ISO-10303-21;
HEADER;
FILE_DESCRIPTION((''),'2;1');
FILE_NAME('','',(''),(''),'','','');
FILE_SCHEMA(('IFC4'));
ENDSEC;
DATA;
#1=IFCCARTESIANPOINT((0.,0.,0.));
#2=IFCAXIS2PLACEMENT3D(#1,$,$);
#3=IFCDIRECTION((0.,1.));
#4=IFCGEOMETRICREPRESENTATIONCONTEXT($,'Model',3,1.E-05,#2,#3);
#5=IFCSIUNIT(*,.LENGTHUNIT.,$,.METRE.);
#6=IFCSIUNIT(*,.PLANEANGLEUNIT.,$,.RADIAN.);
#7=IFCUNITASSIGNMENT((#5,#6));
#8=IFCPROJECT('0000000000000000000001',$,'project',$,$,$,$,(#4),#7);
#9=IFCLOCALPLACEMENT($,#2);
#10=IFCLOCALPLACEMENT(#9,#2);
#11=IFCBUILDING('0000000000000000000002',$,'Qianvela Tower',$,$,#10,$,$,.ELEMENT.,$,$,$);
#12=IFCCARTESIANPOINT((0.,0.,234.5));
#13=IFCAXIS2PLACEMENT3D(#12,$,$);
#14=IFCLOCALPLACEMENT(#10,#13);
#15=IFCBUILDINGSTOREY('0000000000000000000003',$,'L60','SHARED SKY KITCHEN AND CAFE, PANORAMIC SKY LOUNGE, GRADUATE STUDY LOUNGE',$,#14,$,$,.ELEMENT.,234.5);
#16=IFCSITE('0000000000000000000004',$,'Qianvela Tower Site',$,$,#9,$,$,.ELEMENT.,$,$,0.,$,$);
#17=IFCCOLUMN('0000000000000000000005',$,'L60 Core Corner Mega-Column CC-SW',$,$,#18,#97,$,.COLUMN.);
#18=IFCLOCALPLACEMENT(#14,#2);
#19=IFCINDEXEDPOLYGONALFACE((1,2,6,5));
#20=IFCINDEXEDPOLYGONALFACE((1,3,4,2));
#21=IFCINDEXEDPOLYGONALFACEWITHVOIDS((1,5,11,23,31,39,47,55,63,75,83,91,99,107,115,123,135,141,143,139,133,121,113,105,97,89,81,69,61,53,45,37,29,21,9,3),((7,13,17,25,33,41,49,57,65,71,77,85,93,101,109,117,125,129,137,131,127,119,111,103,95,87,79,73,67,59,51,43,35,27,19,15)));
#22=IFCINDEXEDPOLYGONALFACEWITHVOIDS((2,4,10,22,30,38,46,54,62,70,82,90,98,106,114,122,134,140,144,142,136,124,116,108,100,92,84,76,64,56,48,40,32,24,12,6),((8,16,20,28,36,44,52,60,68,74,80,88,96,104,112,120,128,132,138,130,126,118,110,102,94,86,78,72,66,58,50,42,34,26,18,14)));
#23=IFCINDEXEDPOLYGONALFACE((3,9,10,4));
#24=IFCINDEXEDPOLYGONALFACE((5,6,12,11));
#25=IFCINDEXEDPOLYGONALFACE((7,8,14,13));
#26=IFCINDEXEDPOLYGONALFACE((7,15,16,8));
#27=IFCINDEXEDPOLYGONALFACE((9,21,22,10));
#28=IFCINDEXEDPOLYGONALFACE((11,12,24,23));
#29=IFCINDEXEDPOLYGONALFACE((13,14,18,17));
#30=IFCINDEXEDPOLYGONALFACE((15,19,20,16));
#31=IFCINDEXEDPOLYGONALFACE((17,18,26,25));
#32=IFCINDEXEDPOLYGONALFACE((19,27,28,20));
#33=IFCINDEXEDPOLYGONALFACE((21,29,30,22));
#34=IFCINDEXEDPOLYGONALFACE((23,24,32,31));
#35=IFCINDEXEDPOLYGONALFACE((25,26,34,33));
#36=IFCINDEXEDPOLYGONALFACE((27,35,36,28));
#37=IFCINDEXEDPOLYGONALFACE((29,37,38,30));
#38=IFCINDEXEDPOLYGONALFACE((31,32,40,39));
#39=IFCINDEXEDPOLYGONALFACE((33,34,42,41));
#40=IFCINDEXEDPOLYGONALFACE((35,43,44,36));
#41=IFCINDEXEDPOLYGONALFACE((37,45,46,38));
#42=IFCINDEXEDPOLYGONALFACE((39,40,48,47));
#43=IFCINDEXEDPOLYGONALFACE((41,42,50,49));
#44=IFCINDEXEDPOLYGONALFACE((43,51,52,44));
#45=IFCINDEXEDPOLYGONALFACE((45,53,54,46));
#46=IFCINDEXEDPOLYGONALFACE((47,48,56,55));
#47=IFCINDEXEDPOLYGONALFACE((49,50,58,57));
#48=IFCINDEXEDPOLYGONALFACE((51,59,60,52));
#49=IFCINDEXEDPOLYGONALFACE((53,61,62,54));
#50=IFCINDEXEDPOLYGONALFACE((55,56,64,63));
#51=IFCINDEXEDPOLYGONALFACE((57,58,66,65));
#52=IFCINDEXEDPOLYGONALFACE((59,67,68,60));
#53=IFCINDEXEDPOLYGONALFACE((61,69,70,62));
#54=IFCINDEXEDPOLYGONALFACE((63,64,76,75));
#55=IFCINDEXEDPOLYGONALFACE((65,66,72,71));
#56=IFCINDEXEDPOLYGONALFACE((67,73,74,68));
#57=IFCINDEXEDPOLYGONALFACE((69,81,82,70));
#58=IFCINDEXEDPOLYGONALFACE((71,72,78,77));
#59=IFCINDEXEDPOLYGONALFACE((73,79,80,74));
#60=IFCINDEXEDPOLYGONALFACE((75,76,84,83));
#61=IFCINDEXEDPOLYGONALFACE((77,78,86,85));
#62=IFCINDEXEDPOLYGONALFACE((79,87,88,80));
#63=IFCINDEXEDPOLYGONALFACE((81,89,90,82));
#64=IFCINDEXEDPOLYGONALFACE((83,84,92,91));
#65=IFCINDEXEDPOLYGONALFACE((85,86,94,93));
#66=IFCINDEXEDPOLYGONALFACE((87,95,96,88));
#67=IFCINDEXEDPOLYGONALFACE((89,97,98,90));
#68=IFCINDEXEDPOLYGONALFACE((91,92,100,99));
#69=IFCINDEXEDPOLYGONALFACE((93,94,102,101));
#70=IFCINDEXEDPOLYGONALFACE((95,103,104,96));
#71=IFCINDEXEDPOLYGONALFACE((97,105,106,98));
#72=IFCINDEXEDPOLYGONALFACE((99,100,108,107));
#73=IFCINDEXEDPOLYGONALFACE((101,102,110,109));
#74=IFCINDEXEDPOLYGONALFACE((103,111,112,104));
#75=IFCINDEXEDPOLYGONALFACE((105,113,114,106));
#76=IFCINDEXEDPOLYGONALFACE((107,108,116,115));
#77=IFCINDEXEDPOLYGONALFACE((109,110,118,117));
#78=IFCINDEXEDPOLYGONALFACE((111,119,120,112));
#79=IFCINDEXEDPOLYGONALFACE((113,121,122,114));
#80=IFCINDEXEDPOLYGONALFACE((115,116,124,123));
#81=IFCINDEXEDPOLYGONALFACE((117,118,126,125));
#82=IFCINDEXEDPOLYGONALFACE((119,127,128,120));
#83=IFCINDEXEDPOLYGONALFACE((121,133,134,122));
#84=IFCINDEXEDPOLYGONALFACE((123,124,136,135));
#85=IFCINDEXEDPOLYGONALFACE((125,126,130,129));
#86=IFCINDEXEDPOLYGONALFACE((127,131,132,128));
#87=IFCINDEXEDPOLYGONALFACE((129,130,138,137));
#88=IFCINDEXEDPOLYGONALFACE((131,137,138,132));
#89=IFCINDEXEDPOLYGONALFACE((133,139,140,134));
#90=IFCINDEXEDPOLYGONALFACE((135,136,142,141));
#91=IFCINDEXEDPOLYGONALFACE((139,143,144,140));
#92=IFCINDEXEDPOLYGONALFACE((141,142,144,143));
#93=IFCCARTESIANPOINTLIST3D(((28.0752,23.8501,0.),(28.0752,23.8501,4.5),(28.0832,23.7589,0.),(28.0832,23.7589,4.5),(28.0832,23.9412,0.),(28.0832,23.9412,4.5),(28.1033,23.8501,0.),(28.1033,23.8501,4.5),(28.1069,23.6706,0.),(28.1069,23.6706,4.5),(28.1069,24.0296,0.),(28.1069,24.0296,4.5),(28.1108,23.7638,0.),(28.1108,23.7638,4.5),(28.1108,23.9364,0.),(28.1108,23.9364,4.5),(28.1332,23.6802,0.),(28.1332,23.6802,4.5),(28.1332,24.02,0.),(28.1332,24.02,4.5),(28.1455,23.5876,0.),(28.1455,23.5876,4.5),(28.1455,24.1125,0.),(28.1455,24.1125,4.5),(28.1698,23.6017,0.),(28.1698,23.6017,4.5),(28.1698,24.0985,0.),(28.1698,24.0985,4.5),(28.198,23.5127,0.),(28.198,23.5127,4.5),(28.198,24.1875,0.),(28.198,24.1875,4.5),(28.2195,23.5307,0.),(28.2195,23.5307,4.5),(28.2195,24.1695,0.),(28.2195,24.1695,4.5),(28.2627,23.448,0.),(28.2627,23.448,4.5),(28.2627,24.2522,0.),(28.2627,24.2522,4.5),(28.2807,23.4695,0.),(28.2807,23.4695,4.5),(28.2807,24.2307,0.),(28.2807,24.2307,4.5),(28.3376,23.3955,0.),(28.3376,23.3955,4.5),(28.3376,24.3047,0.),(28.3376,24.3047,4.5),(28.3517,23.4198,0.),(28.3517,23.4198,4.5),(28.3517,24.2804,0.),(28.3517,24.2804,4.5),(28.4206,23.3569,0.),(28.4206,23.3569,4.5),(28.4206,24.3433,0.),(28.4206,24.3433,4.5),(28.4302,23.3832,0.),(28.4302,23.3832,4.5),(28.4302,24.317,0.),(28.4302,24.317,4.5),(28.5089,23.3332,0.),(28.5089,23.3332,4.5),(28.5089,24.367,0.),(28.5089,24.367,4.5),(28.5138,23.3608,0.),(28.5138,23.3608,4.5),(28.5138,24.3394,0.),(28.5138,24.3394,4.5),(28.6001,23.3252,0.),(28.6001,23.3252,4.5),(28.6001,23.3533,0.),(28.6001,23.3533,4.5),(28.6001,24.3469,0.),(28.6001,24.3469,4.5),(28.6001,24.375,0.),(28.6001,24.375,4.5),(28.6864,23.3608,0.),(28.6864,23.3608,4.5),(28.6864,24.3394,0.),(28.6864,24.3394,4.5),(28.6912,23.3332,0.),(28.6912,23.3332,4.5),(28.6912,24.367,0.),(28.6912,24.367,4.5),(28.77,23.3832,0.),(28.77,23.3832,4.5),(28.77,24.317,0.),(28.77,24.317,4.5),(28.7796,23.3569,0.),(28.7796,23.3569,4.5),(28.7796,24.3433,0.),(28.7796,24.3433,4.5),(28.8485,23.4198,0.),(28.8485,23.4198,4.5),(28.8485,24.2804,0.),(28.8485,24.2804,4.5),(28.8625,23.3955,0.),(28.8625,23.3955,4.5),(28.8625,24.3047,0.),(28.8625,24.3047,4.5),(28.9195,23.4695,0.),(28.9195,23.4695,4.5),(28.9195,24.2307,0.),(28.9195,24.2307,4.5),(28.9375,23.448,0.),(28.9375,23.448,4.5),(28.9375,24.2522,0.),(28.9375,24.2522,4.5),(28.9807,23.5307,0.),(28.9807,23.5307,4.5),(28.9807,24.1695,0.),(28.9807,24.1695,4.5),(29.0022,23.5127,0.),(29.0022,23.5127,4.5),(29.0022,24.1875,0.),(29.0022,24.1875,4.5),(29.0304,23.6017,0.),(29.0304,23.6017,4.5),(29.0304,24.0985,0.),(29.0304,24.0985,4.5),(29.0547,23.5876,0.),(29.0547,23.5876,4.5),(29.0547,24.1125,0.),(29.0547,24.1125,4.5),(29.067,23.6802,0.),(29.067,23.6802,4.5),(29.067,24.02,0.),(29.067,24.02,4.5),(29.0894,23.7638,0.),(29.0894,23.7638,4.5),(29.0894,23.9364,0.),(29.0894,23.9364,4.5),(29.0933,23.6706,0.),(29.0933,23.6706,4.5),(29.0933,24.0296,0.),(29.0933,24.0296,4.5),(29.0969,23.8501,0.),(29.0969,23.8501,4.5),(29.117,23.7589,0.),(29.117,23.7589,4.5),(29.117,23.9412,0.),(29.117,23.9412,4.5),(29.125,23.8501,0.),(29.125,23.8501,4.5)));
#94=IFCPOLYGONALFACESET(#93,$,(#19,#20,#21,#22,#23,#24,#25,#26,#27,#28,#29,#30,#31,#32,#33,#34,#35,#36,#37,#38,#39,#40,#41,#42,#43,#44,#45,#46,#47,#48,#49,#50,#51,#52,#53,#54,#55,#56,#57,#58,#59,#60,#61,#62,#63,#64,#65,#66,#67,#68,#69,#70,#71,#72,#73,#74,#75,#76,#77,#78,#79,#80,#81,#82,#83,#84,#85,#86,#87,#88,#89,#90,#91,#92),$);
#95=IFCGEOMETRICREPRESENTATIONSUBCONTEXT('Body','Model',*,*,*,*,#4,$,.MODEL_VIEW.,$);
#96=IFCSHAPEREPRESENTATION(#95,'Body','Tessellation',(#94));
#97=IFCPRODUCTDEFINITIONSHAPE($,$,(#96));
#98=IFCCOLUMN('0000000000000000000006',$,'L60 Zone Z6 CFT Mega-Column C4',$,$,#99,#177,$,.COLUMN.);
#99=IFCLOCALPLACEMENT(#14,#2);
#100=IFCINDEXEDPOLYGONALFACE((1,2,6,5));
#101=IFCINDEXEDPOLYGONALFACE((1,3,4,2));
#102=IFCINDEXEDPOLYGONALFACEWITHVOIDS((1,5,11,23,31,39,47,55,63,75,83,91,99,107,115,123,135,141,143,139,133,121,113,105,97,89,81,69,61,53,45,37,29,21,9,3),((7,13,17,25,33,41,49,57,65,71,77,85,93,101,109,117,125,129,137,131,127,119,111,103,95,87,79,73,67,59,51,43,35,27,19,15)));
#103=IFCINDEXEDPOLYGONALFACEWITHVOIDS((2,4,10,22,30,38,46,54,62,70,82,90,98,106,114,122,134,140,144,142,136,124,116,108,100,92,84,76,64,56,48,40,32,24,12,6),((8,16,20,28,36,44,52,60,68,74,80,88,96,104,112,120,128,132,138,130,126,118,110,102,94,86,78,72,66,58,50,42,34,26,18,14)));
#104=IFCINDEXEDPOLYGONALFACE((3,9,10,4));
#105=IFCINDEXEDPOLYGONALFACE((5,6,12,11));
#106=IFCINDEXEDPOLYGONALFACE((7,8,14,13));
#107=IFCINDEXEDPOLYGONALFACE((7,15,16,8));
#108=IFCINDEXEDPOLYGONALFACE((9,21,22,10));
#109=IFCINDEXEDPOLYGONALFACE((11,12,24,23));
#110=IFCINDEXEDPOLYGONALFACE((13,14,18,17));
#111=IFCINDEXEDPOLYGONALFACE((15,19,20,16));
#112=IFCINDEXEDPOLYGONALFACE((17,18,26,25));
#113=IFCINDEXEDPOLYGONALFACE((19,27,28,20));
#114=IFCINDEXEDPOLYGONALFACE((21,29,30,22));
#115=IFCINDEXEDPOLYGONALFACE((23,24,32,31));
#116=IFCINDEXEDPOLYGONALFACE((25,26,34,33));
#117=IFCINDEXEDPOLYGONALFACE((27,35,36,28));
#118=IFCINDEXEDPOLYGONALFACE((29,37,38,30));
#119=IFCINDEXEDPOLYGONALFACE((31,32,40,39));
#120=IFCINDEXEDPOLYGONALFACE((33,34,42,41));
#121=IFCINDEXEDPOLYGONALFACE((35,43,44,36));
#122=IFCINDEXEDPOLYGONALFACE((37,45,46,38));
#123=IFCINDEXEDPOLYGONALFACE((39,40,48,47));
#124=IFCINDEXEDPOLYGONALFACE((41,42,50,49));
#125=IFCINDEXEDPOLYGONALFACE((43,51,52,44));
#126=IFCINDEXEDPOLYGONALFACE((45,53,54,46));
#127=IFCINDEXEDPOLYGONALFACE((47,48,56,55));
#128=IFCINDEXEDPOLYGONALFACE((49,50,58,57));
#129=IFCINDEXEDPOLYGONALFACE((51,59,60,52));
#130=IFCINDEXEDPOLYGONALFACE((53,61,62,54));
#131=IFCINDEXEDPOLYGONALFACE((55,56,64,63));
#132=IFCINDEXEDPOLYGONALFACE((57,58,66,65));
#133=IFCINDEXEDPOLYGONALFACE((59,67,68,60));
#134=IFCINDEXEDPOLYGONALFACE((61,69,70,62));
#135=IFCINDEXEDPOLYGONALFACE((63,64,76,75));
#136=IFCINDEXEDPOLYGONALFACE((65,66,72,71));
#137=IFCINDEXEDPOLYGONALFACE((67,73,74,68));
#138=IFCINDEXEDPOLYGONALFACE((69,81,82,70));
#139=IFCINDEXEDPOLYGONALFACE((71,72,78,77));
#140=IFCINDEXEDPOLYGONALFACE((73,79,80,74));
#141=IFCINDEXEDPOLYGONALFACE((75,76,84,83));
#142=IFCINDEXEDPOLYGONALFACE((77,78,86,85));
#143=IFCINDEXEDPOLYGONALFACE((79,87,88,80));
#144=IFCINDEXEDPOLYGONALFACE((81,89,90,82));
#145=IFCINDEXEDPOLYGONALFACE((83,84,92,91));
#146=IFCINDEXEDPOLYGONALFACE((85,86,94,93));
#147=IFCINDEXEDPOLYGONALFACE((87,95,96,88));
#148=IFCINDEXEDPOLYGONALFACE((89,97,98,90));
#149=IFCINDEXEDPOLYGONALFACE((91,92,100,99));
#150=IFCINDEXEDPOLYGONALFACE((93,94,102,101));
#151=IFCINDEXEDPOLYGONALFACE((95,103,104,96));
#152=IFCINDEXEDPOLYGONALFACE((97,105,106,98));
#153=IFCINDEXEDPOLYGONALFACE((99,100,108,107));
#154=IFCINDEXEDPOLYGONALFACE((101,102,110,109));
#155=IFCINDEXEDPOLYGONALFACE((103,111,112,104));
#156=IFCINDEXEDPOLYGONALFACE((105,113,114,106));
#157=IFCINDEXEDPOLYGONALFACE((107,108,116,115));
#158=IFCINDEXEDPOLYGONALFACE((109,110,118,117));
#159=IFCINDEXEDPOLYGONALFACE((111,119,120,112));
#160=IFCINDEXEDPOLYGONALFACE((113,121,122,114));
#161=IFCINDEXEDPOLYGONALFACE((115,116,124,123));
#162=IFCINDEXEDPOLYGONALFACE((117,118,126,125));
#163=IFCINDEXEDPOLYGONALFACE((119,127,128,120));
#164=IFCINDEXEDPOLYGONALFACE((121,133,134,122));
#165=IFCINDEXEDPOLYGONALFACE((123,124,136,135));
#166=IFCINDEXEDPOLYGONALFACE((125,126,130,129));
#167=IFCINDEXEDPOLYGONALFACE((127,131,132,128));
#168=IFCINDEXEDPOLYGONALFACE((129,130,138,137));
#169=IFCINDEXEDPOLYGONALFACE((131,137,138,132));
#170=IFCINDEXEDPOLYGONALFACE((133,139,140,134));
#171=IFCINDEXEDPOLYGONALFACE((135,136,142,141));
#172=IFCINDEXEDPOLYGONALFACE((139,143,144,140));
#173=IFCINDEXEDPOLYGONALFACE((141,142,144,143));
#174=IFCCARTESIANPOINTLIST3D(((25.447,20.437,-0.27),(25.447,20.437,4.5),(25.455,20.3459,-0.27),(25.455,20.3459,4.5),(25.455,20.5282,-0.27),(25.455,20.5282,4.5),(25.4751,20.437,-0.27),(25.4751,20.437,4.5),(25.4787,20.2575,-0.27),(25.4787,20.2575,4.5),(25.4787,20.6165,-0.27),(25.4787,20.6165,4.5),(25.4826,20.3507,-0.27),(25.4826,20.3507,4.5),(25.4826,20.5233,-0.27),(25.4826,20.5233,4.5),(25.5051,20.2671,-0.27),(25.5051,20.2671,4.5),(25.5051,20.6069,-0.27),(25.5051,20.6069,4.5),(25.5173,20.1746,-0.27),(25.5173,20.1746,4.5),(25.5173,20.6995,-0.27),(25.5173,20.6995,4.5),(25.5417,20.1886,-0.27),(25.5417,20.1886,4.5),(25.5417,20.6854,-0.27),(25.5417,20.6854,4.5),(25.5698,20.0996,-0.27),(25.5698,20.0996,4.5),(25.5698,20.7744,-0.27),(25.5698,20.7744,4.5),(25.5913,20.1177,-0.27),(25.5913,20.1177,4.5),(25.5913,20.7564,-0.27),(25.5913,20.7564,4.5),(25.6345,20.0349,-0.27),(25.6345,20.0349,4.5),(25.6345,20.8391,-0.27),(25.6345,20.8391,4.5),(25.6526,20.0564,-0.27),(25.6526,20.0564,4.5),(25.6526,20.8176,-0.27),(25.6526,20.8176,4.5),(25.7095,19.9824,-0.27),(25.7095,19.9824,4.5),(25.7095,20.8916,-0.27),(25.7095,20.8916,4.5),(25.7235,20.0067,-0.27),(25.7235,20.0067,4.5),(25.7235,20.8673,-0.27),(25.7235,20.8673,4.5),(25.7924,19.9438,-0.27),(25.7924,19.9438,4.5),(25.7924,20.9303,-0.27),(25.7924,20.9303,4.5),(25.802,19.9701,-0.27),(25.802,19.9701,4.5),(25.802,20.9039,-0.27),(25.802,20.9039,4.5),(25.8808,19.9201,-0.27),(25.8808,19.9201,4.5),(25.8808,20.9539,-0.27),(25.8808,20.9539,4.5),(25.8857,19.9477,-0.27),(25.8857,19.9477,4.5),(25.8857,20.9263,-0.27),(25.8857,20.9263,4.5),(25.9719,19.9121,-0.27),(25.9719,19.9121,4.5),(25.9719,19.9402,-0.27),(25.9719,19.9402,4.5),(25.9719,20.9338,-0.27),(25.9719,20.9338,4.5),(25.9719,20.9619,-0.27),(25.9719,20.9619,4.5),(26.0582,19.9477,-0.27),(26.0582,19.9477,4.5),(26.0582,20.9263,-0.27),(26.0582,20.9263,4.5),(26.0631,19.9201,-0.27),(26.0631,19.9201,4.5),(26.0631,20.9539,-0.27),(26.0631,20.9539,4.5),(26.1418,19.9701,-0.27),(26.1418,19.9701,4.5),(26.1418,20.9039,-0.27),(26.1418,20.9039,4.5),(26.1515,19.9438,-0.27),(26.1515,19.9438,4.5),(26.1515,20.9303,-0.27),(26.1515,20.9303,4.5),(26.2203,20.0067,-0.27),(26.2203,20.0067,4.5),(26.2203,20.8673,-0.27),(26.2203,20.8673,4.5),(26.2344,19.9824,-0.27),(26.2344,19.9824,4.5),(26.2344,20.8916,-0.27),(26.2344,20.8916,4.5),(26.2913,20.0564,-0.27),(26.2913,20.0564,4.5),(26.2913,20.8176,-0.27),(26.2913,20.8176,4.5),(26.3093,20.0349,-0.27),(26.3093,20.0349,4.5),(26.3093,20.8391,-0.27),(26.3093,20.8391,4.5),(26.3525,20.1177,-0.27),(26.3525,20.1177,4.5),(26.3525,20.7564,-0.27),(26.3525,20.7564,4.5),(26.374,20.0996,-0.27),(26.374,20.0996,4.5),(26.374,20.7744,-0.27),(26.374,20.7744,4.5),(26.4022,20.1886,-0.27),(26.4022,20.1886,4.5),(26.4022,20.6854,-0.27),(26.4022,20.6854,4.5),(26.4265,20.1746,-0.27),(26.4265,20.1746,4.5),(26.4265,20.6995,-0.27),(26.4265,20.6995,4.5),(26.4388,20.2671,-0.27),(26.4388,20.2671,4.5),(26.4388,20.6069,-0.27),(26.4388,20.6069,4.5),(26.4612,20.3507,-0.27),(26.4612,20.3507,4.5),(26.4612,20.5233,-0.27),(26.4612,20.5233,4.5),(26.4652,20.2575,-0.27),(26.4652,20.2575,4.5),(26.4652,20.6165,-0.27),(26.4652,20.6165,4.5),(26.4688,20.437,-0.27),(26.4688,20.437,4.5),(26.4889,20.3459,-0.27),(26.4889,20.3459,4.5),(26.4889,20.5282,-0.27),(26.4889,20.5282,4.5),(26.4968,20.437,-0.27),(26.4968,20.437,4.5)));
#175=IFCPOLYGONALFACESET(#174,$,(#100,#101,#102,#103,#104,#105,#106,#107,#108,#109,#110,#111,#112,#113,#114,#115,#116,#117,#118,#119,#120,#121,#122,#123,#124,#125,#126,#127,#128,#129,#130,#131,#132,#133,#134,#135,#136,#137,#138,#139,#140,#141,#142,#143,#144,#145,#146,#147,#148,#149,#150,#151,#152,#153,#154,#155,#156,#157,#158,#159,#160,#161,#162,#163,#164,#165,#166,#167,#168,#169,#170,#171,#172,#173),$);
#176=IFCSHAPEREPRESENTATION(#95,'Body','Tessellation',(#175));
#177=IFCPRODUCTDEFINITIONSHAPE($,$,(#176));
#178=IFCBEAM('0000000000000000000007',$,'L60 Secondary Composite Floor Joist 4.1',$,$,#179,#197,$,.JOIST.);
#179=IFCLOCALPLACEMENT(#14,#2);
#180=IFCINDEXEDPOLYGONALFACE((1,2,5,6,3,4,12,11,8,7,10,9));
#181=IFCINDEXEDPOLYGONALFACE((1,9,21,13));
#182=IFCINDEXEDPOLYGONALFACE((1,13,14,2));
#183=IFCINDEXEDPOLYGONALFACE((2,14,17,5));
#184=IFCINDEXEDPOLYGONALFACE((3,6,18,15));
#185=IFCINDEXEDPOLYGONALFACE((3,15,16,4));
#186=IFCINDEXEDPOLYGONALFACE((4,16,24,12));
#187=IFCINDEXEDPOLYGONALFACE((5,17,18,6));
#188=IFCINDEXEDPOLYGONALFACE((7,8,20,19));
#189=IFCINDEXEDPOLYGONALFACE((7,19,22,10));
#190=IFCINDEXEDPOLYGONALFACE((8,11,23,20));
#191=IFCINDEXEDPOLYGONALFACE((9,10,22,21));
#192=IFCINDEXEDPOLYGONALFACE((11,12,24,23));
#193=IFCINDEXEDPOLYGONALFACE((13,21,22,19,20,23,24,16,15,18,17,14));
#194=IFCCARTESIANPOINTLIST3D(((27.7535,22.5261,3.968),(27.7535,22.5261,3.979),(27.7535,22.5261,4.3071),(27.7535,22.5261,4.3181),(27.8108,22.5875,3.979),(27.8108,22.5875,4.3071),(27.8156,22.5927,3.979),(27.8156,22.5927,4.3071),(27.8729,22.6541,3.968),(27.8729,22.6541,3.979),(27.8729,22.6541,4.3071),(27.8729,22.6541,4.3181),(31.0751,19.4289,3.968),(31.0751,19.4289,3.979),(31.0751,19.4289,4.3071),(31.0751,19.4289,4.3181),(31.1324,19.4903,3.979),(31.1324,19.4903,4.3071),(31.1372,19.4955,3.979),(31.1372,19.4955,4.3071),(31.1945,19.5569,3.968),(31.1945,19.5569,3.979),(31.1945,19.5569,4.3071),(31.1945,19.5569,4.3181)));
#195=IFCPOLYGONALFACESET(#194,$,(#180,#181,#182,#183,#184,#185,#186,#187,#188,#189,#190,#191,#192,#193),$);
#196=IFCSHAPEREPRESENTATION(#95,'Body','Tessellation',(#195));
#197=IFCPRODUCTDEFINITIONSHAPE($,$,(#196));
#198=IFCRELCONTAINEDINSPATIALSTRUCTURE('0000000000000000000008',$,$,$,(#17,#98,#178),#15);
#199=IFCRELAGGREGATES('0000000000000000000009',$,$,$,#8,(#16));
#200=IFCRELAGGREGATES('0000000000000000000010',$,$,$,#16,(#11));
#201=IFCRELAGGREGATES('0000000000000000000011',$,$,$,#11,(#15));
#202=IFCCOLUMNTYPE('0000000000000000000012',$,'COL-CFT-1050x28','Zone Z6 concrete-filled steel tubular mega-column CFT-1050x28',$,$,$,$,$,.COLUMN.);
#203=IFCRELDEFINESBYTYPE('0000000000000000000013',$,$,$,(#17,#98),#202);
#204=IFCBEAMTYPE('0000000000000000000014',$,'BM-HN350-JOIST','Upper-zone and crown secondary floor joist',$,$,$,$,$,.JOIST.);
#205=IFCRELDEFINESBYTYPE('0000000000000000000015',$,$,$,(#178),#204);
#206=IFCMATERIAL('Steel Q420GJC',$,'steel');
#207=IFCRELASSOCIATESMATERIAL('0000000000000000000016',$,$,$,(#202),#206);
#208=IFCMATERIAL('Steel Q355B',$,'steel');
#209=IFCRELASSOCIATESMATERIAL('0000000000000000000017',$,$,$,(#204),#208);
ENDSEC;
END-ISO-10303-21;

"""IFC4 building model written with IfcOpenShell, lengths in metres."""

from ifc_helpers import new_model, si_unit, direction, frame, origin, origin_2d, place, context, subcontext, project, spatial, hollow_circle, i_section, extrude, material, material_profile, profile_set, type_object, element, save


model = new_model("IFC4")

# Units and contexts
model_context = context("Model", 3, precision=1e-05, world=origin(), true_north=direction((0.0, 1.0)))
body_context = subcontext(model_context, "Body", "Model", "MODEL_VIEW")
ifc_project = project(units=[si_unit("LENGTHUNIT", "METRE"), si_unit("PLANEANGLEUNIT", "RADIAN")], contexts=[model_context])

# Site, building, storey
site_placement = place(None, origin())
site = spatial("IfcSite", under=ifc_project, at=site_placement, Name="Qianvela Tower Site", CompositionType="ELEMENT", RefElevation=0.0)
building_placement = place(site_placement, origin())
building = spatial("IfcBuilding", under=site, at=building_placement, Name="Qianvela Tower", CompositionType="ELEMENT")
storey_placement = place(building_placement, frame((0.0, 0.0, 234.5)))
storey = spatial("IfcBuildingStorey", under=building, at=storey_placement, Name="L60", Description="SHARED SKY KITCHEN AND CAFE, PANORAMIC SKY LOUNGE, GRADUATE STUDY LOUNGE", CompositionType="ELEMENT", Elevation=234.5)

# Columns
ifc_material_1 = material(Name="Steel Q420GJC", Category="steel")
ifc_material_profile_1 = material_profile(ifc_material_1, hollow_circle(Radius=0.5249, WallThickness=0.0281, at=origin_2d()), Name="CFT-1050x28")
ifc_profile_set_1 = profile_set([ifc_material_profile_1], Name="Steel Q420GJC")
column_type = type_object("IfcColumnType", Name="COL-CFT-1050x28", Description="Zone Z6 concrete-filled steel tubular mega-column CFT-1050x28", PredefinedType="COLUMN", material=ifc_profile_set_1)
column_1_placement = place(storey_placement, frame((28.6001, 23.8501, 0.0), z_axis=(0.0, 0.0, 1.0), x_axis=(1.0, 0.0, 0.0)))
element("IfcColumn", 1, at=column_1_placement, inside=storey, type_object=column_type, Name="L60 Core Corner Mega-Column CC-SW", PredefinedType="COLUMN", context=body_context, shape_type="SweptSolid", body=[
    extrude(hollow_circle(Radius=0.5249, WallThickness=0.0281, at=origin_2d()), origin(), (0.0, 0.0, 1.0), 4.5),
])
column_2_placement = place(storey_placement, frame((25.9719, 20.437, -0.27), z_axis=(0.0, 0.0, 1.0), x_axis=(1.0, 0.0, 0.0)))
element("IfcColumn", 2, at=column_2_placement, inside=storey, type_object=column_type, Name="L60 Zone Z6 CFT Mega-Column C4", PredefinedType="COLUMN", context=body_context, shape_type="SweptSolid", body=[
    extrude(hollow_circle(Radius=0.5249, WallThickness=0.0281, at=origin_2d()), origin(), (0.0, 0.0, 1.0), 4.77),
])

# Beam
ifc_material_2 = material(Name="Steel Q355B", Category="steel")
ifc_material_profile_2 = material_profile(ifc_material_2, i_section(OverallWidth=0.175, OverallDepth=0.3501, WebThickness=0.0071, FlangeThickness=0.011, at=origin_2d()), Name="HN350x175x7x11")
ifc_profile_set_2 = profile_set([ifc_material_profile_2], Name="Steel Q355B")
beam_type_1 = type_object("IfcBeamType", Name="BM-HN350-JOIST", Description="Upper-zone and crown secondary floor joist", PredefinedType="JOIST", material=ifc_profile_set_2)
beam_1_placement = place(storey_placement, frame((27.8132, 22.5901, 4.1431), z_axis=(0.731377, -0.681973, 0.0), x_axis=(0.681973, 0.731377, 0.0)))
element("IfcBeam", 3, at=beam_1_placement, inside=storey, type_object=beam_type_1, Name="L60 Secondary Composite Floor Joist 4.1", PredefinedType="JOIST", context=body_context, shape_type="SweptSolid", body=[
    extrude(i_section(OverallWidth=0.175, OverallDepth=0.3501, WebThickness=0.0071, FlangeThickness=0.011, at=origin_2d()), origin(), (0.0, 0.0, 1.0), 4.5415),
])

save(model, "model.ifc")
